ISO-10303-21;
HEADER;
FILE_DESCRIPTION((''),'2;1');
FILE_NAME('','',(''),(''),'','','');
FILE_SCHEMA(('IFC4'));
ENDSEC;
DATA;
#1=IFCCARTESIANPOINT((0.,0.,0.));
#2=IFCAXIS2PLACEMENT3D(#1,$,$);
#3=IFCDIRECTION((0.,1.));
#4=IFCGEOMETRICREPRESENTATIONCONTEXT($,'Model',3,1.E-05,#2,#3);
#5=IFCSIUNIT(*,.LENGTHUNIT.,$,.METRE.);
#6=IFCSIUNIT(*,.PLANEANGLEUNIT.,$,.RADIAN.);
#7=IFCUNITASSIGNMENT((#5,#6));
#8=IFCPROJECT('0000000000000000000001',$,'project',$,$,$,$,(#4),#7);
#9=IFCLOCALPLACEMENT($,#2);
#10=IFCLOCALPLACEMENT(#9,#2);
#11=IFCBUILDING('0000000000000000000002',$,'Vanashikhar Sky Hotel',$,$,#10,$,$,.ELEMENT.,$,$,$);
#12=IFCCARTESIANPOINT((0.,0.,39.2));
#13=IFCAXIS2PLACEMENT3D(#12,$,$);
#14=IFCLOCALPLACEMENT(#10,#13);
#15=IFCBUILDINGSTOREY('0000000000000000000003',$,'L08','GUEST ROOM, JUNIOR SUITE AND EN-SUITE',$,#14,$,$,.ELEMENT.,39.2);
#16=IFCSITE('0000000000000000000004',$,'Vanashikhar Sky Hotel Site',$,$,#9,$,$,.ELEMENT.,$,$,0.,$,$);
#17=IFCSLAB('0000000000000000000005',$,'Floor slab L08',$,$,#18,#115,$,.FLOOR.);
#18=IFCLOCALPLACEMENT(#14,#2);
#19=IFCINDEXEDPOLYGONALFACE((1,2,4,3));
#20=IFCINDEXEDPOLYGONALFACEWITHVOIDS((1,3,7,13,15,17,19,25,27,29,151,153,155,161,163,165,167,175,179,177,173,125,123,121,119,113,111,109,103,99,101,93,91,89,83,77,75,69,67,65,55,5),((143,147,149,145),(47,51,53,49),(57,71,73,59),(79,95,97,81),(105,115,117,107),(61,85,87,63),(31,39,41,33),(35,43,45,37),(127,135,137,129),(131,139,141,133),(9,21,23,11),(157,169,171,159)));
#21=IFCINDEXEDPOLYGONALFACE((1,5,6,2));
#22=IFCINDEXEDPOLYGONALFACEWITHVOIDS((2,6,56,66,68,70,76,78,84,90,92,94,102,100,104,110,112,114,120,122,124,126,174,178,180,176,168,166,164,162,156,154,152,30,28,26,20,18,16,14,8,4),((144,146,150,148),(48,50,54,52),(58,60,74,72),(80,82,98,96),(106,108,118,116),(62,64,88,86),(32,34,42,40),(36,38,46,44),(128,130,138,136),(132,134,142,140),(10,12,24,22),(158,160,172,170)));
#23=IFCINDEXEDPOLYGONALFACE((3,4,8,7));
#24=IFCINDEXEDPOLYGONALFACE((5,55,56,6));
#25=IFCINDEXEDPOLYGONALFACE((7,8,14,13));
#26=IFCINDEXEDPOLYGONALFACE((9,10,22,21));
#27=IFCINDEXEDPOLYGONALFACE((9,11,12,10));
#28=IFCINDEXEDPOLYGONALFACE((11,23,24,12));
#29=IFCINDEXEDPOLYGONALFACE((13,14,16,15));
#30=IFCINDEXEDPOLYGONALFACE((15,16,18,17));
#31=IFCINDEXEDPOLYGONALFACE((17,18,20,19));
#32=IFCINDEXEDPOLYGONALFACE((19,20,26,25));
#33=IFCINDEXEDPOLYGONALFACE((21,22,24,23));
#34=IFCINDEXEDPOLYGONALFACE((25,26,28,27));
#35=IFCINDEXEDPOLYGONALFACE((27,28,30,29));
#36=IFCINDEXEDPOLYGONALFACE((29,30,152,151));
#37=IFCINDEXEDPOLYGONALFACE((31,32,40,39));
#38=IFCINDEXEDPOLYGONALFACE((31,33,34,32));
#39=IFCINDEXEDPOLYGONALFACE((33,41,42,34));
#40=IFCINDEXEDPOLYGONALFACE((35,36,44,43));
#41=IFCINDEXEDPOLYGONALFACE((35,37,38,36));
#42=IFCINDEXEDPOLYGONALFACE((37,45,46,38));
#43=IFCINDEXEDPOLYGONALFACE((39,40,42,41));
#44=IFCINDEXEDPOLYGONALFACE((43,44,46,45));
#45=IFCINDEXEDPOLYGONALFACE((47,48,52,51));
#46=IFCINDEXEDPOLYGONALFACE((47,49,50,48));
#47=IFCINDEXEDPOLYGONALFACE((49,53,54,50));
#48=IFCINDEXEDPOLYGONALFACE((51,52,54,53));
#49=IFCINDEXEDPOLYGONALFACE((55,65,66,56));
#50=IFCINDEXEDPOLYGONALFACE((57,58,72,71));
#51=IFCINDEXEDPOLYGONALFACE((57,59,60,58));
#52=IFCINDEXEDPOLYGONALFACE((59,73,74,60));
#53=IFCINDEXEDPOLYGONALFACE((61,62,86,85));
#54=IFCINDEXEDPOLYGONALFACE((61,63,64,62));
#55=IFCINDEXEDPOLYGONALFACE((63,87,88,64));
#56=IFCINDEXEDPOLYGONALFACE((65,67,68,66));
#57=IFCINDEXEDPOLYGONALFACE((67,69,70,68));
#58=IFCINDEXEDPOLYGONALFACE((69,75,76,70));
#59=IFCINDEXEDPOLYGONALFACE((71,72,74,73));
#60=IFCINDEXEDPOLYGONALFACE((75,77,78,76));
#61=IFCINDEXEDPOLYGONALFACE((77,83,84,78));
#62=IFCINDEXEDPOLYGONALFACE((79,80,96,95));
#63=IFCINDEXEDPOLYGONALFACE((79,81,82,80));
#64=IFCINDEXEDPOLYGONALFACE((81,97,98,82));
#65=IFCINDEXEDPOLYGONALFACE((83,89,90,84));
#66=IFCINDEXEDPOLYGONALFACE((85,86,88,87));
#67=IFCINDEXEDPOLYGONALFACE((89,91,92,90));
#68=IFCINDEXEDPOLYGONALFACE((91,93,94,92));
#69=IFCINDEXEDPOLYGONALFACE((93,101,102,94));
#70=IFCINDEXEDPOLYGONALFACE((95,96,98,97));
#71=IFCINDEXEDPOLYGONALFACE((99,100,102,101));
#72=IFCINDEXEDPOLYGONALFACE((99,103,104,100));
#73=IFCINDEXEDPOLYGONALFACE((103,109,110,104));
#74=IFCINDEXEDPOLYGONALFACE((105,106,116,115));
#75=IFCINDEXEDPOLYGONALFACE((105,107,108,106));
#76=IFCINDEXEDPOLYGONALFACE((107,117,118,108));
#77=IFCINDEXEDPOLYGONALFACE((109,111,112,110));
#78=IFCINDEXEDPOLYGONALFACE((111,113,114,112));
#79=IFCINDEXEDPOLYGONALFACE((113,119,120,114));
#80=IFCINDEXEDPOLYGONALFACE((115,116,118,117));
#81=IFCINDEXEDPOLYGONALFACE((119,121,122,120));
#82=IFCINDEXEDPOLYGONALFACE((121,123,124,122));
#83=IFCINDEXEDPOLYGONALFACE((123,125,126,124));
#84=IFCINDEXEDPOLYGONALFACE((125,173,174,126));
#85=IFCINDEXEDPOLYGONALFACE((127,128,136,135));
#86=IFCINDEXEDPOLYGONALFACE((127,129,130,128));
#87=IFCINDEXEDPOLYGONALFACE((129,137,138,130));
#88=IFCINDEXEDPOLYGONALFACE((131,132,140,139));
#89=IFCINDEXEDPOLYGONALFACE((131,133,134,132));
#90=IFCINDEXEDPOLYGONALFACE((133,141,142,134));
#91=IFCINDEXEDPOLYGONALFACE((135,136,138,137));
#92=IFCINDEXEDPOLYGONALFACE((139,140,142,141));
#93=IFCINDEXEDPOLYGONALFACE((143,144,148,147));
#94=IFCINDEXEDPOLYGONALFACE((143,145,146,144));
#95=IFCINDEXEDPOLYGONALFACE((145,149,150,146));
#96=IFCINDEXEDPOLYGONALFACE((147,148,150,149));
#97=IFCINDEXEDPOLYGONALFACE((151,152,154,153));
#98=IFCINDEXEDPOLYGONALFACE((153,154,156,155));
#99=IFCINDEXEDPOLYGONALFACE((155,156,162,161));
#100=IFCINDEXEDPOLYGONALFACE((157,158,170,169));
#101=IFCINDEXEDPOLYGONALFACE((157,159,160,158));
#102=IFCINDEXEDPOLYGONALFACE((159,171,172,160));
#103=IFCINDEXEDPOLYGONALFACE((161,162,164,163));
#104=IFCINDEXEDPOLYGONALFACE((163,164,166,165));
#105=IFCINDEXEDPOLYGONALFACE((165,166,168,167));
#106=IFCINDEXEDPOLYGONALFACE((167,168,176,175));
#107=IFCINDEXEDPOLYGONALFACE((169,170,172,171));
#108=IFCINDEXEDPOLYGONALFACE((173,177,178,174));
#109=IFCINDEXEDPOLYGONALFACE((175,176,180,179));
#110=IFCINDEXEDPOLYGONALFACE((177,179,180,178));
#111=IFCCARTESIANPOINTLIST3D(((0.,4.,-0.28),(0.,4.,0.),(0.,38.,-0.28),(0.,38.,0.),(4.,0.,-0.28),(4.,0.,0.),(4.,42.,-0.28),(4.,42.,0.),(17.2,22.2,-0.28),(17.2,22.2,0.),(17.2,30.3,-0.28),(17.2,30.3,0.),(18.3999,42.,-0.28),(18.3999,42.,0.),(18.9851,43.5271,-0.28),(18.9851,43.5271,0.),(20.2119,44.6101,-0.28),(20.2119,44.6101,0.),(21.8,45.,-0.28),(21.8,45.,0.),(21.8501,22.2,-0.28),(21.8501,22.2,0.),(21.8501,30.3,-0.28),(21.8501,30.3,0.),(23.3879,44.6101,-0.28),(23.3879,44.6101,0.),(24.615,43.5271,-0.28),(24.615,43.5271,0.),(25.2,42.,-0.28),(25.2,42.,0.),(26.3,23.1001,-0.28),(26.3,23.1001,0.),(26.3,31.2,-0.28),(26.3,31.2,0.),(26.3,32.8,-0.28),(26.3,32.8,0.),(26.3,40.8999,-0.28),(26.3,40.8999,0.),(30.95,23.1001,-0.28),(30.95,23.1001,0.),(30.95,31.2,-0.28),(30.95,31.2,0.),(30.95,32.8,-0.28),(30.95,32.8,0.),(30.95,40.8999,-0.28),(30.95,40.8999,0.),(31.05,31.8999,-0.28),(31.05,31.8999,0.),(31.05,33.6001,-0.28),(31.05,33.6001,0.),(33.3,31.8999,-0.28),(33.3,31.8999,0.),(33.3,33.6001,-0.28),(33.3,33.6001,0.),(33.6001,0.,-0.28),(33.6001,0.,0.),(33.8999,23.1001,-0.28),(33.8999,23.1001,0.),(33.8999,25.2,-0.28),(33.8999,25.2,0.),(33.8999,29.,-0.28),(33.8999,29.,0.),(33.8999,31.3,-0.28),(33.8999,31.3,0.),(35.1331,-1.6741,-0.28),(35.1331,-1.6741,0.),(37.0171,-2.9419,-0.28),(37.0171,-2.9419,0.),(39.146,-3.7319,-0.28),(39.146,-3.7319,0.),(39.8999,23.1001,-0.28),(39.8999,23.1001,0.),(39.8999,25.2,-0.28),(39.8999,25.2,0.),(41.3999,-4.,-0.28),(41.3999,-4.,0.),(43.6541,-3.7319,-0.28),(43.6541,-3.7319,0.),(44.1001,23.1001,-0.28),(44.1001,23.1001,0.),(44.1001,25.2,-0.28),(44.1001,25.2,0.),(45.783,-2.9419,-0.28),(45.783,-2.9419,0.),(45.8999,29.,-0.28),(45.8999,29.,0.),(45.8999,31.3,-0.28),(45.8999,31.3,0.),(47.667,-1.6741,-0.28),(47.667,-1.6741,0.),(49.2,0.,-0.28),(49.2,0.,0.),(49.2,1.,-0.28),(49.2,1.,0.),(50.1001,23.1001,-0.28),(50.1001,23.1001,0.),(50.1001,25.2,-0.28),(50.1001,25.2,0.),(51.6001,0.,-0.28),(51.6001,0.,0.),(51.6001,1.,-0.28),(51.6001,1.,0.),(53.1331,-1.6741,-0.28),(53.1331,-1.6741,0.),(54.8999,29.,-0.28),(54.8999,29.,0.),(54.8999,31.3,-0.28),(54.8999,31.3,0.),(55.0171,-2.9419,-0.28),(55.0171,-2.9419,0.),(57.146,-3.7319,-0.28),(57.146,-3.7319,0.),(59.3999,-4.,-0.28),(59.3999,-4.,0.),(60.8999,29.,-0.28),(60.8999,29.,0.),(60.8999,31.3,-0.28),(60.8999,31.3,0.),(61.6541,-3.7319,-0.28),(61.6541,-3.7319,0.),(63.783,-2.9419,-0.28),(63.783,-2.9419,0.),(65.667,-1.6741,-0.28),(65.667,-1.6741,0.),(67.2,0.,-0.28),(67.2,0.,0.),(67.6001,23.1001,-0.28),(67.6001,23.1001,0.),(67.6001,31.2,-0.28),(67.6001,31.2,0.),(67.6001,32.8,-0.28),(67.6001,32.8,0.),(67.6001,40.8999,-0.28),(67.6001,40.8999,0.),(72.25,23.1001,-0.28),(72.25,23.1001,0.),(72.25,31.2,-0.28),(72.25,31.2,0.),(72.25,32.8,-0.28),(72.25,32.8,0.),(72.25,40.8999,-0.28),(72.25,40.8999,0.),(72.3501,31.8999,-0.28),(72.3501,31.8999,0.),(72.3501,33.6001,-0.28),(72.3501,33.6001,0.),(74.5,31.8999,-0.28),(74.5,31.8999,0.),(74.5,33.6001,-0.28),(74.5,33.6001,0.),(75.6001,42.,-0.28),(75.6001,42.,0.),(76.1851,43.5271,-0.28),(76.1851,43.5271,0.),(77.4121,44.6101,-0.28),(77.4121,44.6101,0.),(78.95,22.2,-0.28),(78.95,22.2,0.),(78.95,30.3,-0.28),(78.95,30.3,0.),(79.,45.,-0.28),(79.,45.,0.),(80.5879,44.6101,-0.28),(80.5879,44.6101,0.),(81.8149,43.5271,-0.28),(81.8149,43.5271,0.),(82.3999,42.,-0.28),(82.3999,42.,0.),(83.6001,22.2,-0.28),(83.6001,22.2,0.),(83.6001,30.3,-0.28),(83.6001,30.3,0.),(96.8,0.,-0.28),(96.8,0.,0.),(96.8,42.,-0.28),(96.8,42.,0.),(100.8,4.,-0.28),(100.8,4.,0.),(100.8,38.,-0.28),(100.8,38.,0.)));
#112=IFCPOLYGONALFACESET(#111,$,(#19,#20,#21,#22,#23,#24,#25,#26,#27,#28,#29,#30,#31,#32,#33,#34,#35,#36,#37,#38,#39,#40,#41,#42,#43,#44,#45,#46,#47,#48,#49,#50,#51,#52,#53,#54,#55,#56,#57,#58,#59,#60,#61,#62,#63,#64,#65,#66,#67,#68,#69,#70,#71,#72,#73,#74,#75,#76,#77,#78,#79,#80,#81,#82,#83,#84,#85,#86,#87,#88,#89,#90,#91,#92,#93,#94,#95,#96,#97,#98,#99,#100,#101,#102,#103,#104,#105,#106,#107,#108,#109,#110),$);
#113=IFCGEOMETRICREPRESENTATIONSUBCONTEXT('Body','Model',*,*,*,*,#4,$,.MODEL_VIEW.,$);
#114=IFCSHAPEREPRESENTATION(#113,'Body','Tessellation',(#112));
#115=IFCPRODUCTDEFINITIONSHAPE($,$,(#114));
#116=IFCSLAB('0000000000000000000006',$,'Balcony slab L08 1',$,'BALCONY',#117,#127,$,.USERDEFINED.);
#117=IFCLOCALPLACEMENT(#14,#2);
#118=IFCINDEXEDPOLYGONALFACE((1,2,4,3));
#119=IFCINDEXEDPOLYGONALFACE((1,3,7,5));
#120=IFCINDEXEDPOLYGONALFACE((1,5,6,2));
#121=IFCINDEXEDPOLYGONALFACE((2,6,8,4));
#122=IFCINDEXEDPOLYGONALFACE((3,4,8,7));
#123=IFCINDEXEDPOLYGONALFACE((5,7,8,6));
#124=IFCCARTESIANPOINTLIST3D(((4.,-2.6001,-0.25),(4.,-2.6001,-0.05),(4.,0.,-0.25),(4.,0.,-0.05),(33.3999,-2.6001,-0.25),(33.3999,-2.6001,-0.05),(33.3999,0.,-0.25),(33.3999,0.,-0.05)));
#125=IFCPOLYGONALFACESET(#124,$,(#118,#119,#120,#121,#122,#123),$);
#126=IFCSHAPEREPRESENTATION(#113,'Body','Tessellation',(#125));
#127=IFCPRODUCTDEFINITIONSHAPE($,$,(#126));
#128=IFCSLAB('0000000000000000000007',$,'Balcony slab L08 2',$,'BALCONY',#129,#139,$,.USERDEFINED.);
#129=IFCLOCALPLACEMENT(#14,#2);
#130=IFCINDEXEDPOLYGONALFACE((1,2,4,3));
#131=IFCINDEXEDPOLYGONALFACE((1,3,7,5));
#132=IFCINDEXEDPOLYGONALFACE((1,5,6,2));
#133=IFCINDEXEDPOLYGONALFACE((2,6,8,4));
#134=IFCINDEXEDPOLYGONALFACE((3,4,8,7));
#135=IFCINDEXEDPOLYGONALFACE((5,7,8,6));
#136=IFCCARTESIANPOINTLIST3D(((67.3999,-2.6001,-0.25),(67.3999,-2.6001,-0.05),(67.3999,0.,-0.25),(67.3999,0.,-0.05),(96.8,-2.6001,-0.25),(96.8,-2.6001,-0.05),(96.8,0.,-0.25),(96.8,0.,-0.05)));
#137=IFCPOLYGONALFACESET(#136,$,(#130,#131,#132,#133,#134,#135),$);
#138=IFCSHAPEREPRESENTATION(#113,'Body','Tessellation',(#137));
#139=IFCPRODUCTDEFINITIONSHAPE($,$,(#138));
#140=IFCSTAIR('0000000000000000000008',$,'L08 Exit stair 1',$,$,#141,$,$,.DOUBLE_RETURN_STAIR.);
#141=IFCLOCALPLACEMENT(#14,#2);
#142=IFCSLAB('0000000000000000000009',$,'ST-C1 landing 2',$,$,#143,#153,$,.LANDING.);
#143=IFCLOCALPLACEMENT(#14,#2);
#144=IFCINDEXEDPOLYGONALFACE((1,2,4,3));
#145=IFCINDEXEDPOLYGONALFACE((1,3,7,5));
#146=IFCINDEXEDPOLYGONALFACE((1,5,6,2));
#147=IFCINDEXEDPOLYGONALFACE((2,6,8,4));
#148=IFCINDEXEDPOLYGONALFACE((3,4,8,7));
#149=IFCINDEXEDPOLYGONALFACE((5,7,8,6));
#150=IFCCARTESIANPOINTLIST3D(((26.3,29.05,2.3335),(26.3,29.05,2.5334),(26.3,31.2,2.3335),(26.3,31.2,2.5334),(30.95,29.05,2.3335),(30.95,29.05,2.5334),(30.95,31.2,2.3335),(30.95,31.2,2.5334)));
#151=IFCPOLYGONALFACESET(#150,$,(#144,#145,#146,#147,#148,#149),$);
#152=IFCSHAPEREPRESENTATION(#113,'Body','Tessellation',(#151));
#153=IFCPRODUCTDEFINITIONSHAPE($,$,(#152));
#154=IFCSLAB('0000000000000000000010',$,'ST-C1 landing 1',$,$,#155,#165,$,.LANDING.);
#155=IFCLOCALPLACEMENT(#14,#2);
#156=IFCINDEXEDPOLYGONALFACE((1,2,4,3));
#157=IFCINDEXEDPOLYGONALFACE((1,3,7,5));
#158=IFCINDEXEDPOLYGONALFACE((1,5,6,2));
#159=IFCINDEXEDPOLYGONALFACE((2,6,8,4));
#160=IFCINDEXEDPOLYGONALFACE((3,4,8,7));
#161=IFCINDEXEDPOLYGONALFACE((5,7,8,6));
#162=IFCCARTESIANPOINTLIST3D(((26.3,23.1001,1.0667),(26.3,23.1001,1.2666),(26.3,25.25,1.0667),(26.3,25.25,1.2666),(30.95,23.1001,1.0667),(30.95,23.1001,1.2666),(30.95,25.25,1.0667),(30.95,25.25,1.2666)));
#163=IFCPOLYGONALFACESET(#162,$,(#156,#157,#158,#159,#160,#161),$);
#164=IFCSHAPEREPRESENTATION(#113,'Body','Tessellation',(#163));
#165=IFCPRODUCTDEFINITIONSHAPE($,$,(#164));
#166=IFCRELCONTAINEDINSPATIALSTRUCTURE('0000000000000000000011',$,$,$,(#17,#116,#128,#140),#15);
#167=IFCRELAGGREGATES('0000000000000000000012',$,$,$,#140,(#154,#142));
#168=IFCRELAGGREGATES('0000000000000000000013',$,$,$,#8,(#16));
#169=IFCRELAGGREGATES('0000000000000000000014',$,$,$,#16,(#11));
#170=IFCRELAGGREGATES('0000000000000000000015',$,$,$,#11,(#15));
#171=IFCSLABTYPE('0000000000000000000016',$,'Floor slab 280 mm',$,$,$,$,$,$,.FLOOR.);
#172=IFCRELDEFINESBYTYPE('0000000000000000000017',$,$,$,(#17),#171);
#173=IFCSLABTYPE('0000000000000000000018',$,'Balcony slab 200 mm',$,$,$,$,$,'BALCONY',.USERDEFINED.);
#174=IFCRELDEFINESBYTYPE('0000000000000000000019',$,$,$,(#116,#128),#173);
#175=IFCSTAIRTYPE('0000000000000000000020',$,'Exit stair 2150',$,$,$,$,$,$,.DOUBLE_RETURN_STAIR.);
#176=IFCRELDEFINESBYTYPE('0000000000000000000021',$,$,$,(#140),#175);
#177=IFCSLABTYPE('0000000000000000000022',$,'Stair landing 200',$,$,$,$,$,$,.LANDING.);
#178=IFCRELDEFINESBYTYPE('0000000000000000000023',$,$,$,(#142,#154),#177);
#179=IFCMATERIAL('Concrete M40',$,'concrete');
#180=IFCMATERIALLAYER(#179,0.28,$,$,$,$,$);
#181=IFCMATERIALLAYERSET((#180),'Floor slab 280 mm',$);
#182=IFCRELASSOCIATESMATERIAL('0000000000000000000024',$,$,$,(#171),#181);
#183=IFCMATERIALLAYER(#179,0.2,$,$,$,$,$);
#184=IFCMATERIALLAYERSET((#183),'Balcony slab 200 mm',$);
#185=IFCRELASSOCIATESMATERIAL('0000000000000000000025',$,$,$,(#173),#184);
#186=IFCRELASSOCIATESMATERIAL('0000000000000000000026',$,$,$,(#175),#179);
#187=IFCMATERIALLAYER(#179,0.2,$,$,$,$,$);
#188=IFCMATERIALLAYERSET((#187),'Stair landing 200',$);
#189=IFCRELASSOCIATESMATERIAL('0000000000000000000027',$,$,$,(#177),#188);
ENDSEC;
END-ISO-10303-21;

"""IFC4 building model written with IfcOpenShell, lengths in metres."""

from ifc_helpers import new_model, si_unit, direction, frame, origin, place, context, subcontext, project, spatial, polyline, outline, extrude, source, transform, mapped, material, layer, layer_set, type_object, element, aggregate, save


model = new_model("IFC4")

# Units and contexts
model_context = context("Model", 3, precision=1e-05, world=origin(), true_north=direction((0.0, 1.0)))
body_context = subcontext(model_context, "Body", "Model", "MODEL_VIEW")
ifc_project = project(units=[si_unit("LENGTHUNIT", "METRE"), si_unit("PLANEANGLEUNIT", "RADIAN")], contexts=[model_context])

# Site, building, storey
site_placement = place(None, origin())
site = spatial("IfcSite", under=ifc_project, at=site_placement, Name="Vanashikhar Sky Hotel Site", CompositionType="ELEMENT", RefElevation=0.0)
building_placement = place(site_placement, origin())
building = spatial("IfcBuilding", under=site, at=building_placement, Name="Vanashikhar Sky Hotel", CompositionType="ELEMENT")
storey_placement = place(building_placement, frame((0.0, 0.0, 39.2)))
storey = spatial("IfcBuildingStorey", under=building, at=storey_placement, Name="L08", Description="GUEST ROOM, JUNIOR SUITE AND EN-SUITE", CompositionType="ELEMENT", Elevation=39.2)

# Slabs
ifc_material_1 = material(Name="Concrete M40", Category="concrete")
ifc_layer_1 = layer(ifc_material_1, 0.28)
ifc_layer_set_1 = layer_set([ifc_layer_1], Name="Floor slab 280 mm")
slab_type_1 = type_object("IfcSlabType", Name="Floor slab 280 mm", PredefinedType="FLOOR", material=ifc_layer_set_1)
shared_shape_1 = source(origin(), body_context, "Body", "SweptSolid", [
    extrude(outline(polyline([(49.2, 0.0), (49.2, 1.0), (51.6001, 1.0), (51.6001, 0.0), (53.1331, -1.6741), (55.0171, -2.9419), (57.146, -3.7319), (59.3999, -4.0), (61.6541, -3.7319), (63.783, -2.9419), (65.667, -1.6741), (67.2, 0.0), (96.8, 0.0), (100.8, 4.0), (100.8, 38.0), (96.8, 42.0), (82.3999, 42.0), (81.8149, 43.5271), (80.5879, 44.6101), (79.0, 45.0), (77.4121, 44.6101), (76.1851, 43.5271), (75.6001, 42.0), (25.2, 42.0), (24.615, 43.5271), (23.3879, 44.6101), (21.8, 45.0), (20.2119, 44.6101), (18.9851, 43.5271), (18.3999, 42.0), (4.0, 42.0), (0.0, 38.0), (0.0, 4.0), (4.0, 0.0), (33.6001, 0.0), (35.1331, -1.6741), (37.0171, -2.9419), (39.146, -3.7319), (41.3999, -4.0), (43.6541, -3.7319), (45.783, -2.9419), (47.667, -1.6741), (49.2, 0.0)]), holes=[polyline([(33.3, 33.6001), (31.05, 33.6001), (31.05, 31.8999), (33.3, 31.8999), (33.3, 33.6001)]), polyline([(33.8999, 25.2), (33.8999, 23.1001), (39.8999, 23.1001), (39.8999, 25.2), (33.8999, 25.2)]), polyline([(33.8999, 31.3), (33.8999, 29.0), (45.8999, 29.0), (45.8999, 31.3), (33.8999, 31.3)]), polyline([(44.1001, 25.2), (44.1001, 23.1001), (50.1001, 23.1001), (50.1001, 25.2), (44.1001, 25.2)]), polyline([(54.8999, 31.3), (54.8999, 29.0), (60.8999, 29.0), (60.8999, 31.3), (54.8999, 31.3)]), polyline([(74.5, 33.6001), (72.3501, 33.6001), (72.3501, 31.8999), (74.5, 31.8999), (74.5, 33.6001)]), polyline([(30.95, 23.1001), (30.95, 31.2), (26.3, 31.2), (26.3, 23.1001), (30.95, 23.1001)]), polyline([(72.25, 23.1001), (72.25, 31.2), (67.6001, 31.2), (67.6001, 23.1001), (72.25, 23.1001)]), polyline([(30.95, 32.8), (30.95, 40.8999), (26.3, 40.8999), (26.3, 32.8), (30.95, 32.8)]), polyline([(72.25, 32.8), (72.25, 40.8999), (67.6001, 40.8999), (67.6001, 32.8), (72.25, 32.8)]), polyline([(83.6001, 22.2), (83.6001, 30.3), (78.95, 30.3), (78.95, 22.2), (83.6001, 22.2)]), polyline([(21.8501, 22.2), (21.8501, 30.3), (17.2, 30.3), (17.2, 22.2), (21.8501, 22.2)])]), origin(), (0.0, 0.0, 1.0), 0.28),
])
slab_1_placement = place(storey_placement, frame((0.0, 0.0, -0.28)))
element("IfcSlab", 1, at=slab_1_placement, inside=storey, type_object=slab_type_1, Name="Floor slab L08", PredefinedType="FLOOR", context=body_context, shape_type="MappedRepresentation", body=[
    mapped(shared_shape_1, transform((0.0, 0.0, 0.0), scale=1.0)),
])
ifc_layer_2 = layer(ifc_material_1, 0.2)
ifc_layer_set_2 = layer_set([ifc_layer_2], Name="Balcony slab 200 mm")
slab_type_2 = type_object("IfcSlabType", Name="Balcony slab 200 mm", ElementType="BALCONY", PredefinedType="USERDEFINED", material=ifc_layer_set_2)
shared_shape_2 = source(origin(), body_context, "Body", "SweptSolid", [
    extrude(outline(polyline([(4.0, -2.6001), (33.3999, -2.6001), (33.3999, 0.0), (4.0, 0.0), (4.0, -2.6001)])), origin(), (0.0, 0.0, 1.0), 0.2),
])
slab_2_placement = place(storey_placement, frame((0.0, 0.0, -0.25)))
element("IfcSlab", 2, at=slab_2_placement, inside=storey, type_object=slab_type_2, Name="Balcony slab L08 1", ObjectType="BALCONY", PredefinedType="USERDEFINED", context=body_context, shape_type="MappedRepresentation", body=[
    mapped(shared_shape_2, transform((0.0, 0.0, 0.0), scale=1.0)),
])
shared_shape_3 = source(origin(), body_context, "Body", "SweptSolid", [
    extrude(outline(polyline([(67.3999, -2.6001), (96.8, -2.6001), (96.8, 0.0), (67.3999, 0.0), (67.3999, -2.6001)])), origin(), (0.0, 0.0, 1.0), 0.2),
])
slab_3_placement = place(storey_placement, frame((0.0, 0.0, -0.25)))
element("IfcSlab", 3, at=slab_3_placement, inside=storey, type_object=slab_type_2, Name="Balcony slab L08 2", ObjectType="BALCONY", PredefinedType="USERDEFINED", context=body_context, shape_type="MappedRepresentation", body=[
    mapped(shared_shape_3, transform((0.0, 0.0, 0.0), scale=1.0)),
])

# Stair, slabs
stair_type = type_object("IfcStairType", Name="Exit stair 2150", PredefinedType="DOUBLE_RETURN_STAIR", material=ifc_material_1)
stair_1_placement = place(storey_placement, origin())
stair_1 = element("IfcStair", 4, at=stair_1_placement, inside=storey, type_object=stair_type, Name="L08 Exit stair 1", PredefinedType="DOUBLE_RETURN_STAIR")
ifc_layer_3 = layer(ifc_material_1, 0.2)
ifc_layer_set_3 = layer_set([ifc_layer_3], Name="Stair landing 200")
slab_type_3 = type_object("IfcSlabType", Name="Stair landing 200", PredefinedType="LANDING", material=ifc_layer_set_3)
shared_shape_4 = source(origin(), body_context, "Body", "SweptSolid", [
    extrude(outline(polyline([(30.95, 29.05), (30.95, 31.2), (26.3, 31.2), (26.3, 29.05), (30.95, 29.05)])), origin(), (0.0, 0.0, 1.0), 0.2),
])
slab_4_placement = place(storey_placement, frame((0.0, 0.0, 2.3335)))
slab_4 = element("IfcSlab", 5, at=slab_4_placement, type_object=slab_type_3, Name="ST-C1 landing 2", PredefinedType="LANDING", context=body_context, shape_type="MappedRepresentation", body=[
    mapped(shared_shape_4, transform((0.0, 0.0, 0.0), scale=1.0)),
])
shared_shape_5 = source(origin(), body_context, "Body", "SweptSolid", [
    extrude(outline(polyline([(30.95, 23.1001), (30.95, 25.25), (26.3, 25.25), (26.3, 23.1001), (30.95, 23.1001)])), origin(), (0.0, 0.0, 1.0), 0.2),
])
slab_5_placement = place(storey_placement, frame((0.0, 0.0, 1.0667)))
slab_5 = element("IfcSlab", 6, at=slab_5_placement, type_object=slab_type_3, Name="ST-C1 landing 1", PredefinedType="LANDING", context=body_context, shape_type="MappedRepresentation", body=[
    mapped(shared_shape_5, transform((0.0, 0.0, 0.0), scale=1.0)),
])
aggregate(stair_1, [slab_5, slab_4])

save(model, "model.ifc")
